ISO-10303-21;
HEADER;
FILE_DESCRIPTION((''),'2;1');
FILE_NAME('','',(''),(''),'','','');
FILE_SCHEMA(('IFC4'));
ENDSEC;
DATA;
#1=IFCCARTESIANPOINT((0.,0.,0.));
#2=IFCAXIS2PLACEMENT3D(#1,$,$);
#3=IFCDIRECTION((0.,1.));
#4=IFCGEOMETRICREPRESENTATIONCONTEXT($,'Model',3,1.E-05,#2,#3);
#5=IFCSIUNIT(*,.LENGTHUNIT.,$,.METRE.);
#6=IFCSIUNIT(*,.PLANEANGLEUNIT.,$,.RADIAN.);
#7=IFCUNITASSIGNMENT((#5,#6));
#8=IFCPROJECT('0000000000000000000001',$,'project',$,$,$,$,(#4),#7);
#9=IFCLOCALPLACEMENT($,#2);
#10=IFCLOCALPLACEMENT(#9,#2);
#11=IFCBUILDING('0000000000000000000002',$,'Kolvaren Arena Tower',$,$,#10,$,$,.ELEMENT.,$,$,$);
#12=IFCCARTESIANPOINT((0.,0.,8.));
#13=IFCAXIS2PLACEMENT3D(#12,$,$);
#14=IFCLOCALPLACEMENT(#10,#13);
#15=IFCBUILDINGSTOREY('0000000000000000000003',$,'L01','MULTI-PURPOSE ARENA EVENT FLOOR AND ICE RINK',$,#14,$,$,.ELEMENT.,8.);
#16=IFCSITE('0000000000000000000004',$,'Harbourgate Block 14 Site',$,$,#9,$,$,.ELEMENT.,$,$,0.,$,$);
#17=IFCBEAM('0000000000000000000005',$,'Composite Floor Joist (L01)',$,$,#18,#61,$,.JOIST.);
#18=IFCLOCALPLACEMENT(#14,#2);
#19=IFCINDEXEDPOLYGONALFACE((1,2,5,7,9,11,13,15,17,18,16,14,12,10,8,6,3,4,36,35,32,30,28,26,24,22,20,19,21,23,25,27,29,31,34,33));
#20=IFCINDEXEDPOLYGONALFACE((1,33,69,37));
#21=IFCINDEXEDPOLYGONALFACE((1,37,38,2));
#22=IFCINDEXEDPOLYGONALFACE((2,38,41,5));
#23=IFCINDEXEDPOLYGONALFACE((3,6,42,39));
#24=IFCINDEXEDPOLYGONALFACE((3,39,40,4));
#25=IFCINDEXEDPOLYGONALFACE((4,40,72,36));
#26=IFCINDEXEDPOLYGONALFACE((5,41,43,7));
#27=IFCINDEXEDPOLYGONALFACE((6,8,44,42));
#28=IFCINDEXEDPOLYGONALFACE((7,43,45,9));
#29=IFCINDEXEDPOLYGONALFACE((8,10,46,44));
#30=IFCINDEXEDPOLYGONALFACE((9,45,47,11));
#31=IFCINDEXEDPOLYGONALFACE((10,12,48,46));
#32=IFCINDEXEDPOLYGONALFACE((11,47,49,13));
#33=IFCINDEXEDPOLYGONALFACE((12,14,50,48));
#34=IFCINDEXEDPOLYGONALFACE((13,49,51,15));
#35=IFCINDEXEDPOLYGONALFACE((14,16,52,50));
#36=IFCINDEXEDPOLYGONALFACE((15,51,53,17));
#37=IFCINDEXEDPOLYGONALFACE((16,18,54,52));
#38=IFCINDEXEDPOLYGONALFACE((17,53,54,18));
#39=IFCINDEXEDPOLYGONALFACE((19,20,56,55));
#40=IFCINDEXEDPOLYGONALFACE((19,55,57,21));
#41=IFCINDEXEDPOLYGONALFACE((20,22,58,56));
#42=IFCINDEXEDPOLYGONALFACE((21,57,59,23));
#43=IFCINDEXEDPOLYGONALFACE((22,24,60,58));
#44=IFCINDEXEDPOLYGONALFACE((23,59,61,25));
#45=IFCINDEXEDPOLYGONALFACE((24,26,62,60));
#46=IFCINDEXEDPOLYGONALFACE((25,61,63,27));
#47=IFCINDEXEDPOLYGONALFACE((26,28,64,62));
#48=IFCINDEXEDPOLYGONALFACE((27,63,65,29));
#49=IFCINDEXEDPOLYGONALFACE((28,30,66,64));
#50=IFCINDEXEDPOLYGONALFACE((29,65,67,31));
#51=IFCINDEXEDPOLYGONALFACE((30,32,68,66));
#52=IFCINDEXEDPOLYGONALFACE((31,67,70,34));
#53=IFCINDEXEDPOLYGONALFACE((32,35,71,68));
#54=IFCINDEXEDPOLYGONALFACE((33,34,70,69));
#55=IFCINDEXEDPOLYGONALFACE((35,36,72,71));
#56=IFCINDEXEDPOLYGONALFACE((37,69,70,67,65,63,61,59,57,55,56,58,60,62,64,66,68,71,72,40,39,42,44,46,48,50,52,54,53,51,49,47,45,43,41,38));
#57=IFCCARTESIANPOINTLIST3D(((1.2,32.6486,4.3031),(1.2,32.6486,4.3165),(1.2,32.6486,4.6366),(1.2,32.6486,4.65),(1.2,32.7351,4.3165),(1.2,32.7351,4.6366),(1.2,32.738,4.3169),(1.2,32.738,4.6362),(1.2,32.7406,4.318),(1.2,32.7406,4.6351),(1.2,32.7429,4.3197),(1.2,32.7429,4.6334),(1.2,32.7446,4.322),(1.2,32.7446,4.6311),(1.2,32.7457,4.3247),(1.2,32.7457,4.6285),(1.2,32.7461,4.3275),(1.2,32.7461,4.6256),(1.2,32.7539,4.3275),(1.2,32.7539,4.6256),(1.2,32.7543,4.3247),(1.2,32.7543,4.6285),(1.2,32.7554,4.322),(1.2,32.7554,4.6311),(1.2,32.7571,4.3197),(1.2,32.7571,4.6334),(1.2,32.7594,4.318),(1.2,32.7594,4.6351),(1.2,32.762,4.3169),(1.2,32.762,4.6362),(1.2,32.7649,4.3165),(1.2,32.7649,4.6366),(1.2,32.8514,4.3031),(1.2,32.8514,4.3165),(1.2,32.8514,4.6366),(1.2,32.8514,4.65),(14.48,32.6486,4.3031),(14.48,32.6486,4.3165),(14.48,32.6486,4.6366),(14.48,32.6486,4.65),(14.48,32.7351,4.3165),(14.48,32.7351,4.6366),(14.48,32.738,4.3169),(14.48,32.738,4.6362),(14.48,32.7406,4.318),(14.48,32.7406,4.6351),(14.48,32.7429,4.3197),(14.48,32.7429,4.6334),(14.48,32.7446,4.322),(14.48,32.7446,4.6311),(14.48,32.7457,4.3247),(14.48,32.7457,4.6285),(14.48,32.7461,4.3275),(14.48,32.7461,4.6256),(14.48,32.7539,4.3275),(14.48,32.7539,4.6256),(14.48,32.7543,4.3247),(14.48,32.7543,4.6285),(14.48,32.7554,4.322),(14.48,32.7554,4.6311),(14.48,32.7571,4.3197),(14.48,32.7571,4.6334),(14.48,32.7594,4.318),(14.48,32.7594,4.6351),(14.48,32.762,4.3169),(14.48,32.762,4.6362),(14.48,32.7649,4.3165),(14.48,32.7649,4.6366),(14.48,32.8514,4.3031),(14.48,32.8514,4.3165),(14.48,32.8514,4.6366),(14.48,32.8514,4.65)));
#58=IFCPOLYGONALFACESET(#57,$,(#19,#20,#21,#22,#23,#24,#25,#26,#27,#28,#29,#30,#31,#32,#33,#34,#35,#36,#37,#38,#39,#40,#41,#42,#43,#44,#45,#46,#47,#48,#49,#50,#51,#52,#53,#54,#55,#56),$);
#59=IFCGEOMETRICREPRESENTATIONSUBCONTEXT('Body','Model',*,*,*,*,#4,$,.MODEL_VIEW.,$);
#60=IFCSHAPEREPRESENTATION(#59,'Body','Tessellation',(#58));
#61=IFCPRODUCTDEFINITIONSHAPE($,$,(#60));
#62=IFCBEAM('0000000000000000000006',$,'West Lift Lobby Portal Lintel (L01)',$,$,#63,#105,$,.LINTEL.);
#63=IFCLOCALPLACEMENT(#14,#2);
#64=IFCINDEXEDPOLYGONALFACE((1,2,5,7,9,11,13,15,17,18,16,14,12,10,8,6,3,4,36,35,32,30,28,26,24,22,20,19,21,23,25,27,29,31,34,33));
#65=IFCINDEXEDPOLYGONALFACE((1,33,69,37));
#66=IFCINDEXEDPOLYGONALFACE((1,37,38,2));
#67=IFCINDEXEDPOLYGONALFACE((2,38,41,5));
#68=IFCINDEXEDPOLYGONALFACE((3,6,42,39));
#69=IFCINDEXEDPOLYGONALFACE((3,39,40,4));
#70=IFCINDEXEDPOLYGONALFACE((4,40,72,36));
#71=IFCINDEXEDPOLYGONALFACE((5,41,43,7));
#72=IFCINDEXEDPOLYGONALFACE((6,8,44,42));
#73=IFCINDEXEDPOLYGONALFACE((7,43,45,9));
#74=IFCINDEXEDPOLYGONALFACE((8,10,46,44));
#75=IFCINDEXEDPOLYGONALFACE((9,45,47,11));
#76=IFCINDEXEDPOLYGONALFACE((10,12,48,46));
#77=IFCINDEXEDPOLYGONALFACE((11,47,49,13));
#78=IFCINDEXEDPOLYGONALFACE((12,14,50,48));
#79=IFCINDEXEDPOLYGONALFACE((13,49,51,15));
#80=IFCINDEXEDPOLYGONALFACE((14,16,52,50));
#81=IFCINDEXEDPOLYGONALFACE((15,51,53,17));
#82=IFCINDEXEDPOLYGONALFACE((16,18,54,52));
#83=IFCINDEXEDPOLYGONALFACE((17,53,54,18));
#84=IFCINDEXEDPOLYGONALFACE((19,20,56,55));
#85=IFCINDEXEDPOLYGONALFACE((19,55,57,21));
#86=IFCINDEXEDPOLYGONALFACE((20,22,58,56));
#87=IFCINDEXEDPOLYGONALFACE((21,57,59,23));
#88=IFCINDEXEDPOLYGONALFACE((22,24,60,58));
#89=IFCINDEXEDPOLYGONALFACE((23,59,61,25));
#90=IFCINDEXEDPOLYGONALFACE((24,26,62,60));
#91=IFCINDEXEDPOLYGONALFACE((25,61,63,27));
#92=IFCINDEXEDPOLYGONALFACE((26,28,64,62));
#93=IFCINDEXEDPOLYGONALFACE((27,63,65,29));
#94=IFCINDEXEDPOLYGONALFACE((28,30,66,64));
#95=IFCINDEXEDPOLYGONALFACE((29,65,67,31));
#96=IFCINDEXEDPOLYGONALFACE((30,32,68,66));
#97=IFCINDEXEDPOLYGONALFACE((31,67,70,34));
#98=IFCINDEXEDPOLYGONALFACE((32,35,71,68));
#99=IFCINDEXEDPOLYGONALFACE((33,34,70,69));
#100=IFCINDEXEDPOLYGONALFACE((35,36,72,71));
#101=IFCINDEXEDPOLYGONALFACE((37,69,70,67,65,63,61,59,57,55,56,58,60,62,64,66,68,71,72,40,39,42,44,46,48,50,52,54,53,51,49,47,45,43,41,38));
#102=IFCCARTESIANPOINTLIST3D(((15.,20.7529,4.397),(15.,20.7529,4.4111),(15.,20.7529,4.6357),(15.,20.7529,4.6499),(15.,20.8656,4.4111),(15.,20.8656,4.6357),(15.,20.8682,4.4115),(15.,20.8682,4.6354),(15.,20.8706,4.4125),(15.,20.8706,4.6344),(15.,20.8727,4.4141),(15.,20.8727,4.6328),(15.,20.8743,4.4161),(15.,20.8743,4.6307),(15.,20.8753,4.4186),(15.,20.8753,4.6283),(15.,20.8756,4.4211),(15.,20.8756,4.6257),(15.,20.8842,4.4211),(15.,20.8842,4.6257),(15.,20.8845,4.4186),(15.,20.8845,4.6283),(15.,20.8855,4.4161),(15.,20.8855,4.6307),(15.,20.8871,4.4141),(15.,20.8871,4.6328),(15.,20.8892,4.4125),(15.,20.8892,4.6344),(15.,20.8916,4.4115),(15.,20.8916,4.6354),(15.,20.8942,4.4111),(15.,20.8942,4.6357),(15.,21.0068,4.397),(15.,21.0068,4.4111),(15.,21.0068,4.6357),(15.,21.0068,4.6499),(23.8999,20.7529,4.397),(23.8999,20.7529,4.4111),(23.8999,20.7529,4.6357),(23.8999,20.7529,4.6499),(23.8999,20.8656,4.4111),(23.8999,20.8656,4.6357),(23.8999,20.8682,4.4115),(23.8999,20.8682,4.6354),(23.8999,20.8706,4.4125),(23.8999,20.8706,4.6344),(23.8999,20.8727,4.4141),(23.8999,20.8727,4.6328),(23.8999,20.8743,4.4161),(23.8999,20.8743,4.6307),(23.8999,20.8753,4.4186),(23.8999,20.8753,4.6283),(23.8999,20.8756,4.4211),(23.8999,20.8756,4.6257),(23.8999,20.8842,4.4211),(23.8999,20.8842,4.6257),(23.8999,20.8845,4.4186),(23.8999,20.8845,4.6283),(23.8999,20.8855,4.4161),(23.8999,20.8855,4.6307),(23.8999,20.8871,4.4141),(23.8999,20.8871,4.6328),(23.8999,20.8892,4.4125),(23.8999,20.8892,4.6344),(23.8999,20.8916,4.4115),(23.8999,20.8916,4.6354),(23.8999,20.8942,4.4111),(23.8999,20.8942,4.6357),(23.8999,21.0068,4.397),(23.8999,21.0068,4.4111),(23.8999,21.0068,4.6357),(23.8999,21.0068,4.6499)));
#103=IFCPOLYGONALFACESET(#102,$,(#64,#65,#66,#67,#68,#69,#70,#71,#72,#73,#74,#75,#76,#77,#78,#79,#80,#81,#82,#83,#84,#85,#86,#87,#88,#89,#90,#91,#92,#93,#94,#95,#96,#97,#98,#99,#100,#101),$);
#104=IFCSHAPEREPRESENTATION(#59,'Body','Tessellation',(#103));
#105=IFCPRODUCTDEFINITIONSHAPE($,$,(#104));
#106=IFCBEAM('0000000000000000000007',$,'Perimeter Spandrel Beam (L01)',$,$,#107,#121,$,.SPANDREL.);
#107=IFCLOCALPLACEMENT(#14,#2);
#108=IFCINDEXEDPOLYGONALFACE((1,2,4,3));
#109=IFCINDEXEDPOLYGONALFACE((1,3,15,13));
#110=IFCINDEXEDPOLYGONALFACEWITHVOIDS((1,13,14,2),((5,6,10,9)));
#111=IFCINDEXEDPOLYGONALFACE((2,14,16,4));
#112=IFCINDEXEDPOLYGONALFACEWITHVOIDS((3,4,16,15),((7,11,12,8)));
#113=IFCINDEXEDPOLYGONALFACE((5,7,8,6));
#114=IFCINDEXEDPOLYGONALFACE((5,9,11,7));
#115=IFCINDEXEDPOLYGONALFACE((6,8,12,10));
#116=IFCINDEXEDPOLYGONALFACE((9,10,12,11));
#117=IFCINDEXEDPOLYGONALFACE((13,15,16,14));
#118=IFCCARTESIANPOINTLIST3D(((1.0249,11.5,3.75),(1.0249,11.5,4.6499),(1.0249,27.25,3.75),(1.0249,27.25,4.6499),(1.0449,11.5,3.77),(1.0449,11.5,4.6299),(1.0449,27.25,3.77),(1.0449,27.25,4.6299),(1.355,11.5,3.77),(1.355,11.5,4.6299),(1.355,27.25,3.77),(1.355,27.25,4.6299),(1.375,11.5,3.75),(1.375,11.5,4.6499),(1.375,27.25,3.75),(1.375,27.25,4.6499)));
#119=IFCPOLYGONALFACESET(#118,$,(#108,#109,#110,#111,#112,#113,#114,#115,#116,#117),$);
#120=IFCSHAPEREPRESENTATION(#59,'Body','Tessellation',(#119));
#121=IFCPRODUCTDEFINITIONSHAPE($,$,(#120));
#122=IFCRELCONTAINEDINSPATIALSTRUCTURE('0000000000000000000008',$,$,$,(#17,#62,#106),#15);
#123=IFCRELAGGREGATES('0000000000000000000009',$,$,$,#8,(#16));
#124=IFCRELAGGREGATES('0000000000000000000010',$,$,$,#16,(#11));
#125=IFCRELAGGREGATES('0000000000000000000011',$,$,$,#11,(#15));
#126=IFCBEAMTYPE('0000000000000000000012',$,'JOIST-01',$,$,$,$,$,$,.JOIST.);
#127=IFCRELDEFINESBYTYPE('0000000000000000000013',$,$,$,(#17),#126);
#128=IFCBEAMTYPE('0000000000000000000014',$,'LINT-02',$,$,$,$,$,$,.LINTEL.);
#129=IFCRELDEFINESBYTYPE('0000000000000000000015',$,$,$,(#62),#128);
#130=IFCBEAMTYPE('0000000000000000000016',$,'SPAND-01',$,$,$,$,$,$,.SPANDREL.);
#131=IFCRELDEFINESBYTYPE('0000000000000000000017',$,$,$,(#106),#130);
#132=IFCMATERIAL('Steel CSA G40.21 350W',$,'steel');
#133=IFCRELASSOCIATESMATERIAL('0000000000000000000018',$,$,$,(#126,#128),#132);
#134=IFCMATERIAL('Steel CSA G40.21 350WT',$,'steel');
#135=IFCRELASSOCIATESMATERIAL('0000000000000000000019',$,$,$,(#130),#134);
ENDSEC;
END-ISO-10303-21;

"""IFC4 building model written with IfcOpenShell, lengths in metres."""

from ifc_helpers import new_model, si_unit, direction, frame, origin, origin_2d, place, context, subcontext, project, spatial, hollow_rectangle, i_section, extrude, material, material_profile, profile_set, type_object, element, save


model = new_model("IFC4")

# Units and contexts
model_context = context("Model", 3, precision=1e-05, world=origin(), true_north=direction((0.0, 1.0)))
body_context = subcontext(model_context, "Body", "Model", "MODEL_VIEW")
ifc_project = project(units=[si_unit("LENGTHUNIT", "METRE"), si_unit("PLANEANGLEUNIT", "RADIAN")], contexts=[model_context])

# Site, building, storey
site_placement = place(None, origin())
site = spatial("IfcSite", under=ifc_project, at=site_placement, Name="Harbourgate Block 14 Site", CompositionType="ELEMENT", RefElevation=0.0)
building_placement = place(site_placement, origin())
building = spatial("IfcBuilding", under=site, at=building_placement, Name="Kolvaren Arena Tower", CompositionType="ELEMENT")
storey_placement = place(building_placement, frame((0.0, 0.0, 8.0)))
storey = spatial("IfcBuildingStorey", under=building, at=storey_placement, Name="L01", Description="MULTI-PURPOSE ARENA EVENT FLOOR AND ICE RINK", CompositionType="ELEMENT", Elevation=8.0)

# Beams
ifc_material_1 = material(Name="Steel CSA G40.21 350W", Category="steel")
ifc_material_profile_1 = material_profile(ifc_material_1, i_section(OverallWidth=0.2029, OverallDepth=0.3469, WebThickness=0.0078, FlangeThickness=0.0134, FilletRadius=0.011, at=origin_2d()), Name="W360x64")
ifc_profile_set_1 = profile_set([ifc_material_profile_1], Name="Steel CSA G40.21 350W")
beam_type_1 = type_object("IfcBeamType", Name="JOIST-01", PredefinedType="JOIST", material=ifc_profile_set_1)
beam_1_placement = place(storey_placement, frame((1.2, 32.75, 4.4766), z_axis=(1.0, 0.0, 0.0), x_axis=(0.0, 1.0, 0.0)))
element("IfcBeam", 1, at=beam_1_placement, inside=storey, type_object=beam_type_1, Name="Composite Floor Joist (L01)", PredefinedType="JOIST", context=body_context, shape_type="SweptSolid", body=[
    extrude(i_section(OverallWidth=0.2029, OverallDepth=0.3469, WebThickness=0.0078, FlangeThickness=0.0134, FilletRadius=0.011, at=origin_2d()), origin(), (0.0, 0.0, 1.0), 13.28),
])
ifc_material_profile_2 = material_profile(ifc_material_1, i_section(OverallWidth=0.2539, OverallDepth=0.2529, WebThickness=0.0085, FlangeThickness=0.0142, FilletRadius=0.01, at=origin_2d()), Name="W250x73")
ifc_profile_set_2 = profile_set([ifc_material_profile_2], Name="Steel CSA G40.21 350W")
beam_type_2 = type_object("IfcBeamType", Name="LINT-02", PredefinedType="LINTEL", material=ifc_profile_set_2)
beam_2_placement = place(storey_placement, frame((15.0, 20.8799, 4.5234), z_axis=(1.0, 0.0, 0.0), x_axis=(0.0, 1.0, 0.0)))
element("IfcBeam", 2, at=beam_2_placement, inside=storey, type_object=beam_type_2, Name="West Lift Lobby Portal Lintel (L01)", PredefinedType="LINTEL", context=body_context, shape_type="SweptSolid", body=[
    extrude(i_section(OverallWidth=0.2539, OverallDepth=0.2529, WebThickness=0.0085, FlangeThickness=0.0142, FilletRadius=0.01, at=origin_2d()), origin(), (0.0, 0.0, 1.0), 8.8999),
])
ifc_material_2 = material(Name="Steel CSA G40.21 350WT", Category="steel")
ifc_material_profile_3 = material_profile(ifc_material_2, hollow_rectangle(XDim=0.3501, YDim=0.8999, WallThickness=0.02, at=origin_2d()), Name="HSS 900x350x20")
ifc_profile_set_3 = profile_set([ifc_material_profile_3], Name="Steel CSA G40.21 350WT")
beam_type_3 = type_object("IfcBeamType", Name="SPAND-01", PredefinedType="SPANDREL", material=ifc_profile_set_3)
beam_3_placement = place(storey_placement, frame((1.2, 27.25, 4.2), z_axis=(0.0, -1.0, 0.0), x_axis=(1.0, 0.0, 0.0)))
element("IfcBeam", 3, at=beam_3_placement, inside=storey, type_object=beam_type_3, Name="Perimeter Spandrel Beam (L01)", PredefinedType="SPANDREL", context=body_context, shape_type="SweptSolid", body=[
    extrude(hollow_rectangle(XDim=0.3501, YDim=0.8999, WallThickness=0.02, at=origin_2d()), origin(), (0.0, 0.0, 1.0), 15.75),
])

save(model, "model.ifc")
